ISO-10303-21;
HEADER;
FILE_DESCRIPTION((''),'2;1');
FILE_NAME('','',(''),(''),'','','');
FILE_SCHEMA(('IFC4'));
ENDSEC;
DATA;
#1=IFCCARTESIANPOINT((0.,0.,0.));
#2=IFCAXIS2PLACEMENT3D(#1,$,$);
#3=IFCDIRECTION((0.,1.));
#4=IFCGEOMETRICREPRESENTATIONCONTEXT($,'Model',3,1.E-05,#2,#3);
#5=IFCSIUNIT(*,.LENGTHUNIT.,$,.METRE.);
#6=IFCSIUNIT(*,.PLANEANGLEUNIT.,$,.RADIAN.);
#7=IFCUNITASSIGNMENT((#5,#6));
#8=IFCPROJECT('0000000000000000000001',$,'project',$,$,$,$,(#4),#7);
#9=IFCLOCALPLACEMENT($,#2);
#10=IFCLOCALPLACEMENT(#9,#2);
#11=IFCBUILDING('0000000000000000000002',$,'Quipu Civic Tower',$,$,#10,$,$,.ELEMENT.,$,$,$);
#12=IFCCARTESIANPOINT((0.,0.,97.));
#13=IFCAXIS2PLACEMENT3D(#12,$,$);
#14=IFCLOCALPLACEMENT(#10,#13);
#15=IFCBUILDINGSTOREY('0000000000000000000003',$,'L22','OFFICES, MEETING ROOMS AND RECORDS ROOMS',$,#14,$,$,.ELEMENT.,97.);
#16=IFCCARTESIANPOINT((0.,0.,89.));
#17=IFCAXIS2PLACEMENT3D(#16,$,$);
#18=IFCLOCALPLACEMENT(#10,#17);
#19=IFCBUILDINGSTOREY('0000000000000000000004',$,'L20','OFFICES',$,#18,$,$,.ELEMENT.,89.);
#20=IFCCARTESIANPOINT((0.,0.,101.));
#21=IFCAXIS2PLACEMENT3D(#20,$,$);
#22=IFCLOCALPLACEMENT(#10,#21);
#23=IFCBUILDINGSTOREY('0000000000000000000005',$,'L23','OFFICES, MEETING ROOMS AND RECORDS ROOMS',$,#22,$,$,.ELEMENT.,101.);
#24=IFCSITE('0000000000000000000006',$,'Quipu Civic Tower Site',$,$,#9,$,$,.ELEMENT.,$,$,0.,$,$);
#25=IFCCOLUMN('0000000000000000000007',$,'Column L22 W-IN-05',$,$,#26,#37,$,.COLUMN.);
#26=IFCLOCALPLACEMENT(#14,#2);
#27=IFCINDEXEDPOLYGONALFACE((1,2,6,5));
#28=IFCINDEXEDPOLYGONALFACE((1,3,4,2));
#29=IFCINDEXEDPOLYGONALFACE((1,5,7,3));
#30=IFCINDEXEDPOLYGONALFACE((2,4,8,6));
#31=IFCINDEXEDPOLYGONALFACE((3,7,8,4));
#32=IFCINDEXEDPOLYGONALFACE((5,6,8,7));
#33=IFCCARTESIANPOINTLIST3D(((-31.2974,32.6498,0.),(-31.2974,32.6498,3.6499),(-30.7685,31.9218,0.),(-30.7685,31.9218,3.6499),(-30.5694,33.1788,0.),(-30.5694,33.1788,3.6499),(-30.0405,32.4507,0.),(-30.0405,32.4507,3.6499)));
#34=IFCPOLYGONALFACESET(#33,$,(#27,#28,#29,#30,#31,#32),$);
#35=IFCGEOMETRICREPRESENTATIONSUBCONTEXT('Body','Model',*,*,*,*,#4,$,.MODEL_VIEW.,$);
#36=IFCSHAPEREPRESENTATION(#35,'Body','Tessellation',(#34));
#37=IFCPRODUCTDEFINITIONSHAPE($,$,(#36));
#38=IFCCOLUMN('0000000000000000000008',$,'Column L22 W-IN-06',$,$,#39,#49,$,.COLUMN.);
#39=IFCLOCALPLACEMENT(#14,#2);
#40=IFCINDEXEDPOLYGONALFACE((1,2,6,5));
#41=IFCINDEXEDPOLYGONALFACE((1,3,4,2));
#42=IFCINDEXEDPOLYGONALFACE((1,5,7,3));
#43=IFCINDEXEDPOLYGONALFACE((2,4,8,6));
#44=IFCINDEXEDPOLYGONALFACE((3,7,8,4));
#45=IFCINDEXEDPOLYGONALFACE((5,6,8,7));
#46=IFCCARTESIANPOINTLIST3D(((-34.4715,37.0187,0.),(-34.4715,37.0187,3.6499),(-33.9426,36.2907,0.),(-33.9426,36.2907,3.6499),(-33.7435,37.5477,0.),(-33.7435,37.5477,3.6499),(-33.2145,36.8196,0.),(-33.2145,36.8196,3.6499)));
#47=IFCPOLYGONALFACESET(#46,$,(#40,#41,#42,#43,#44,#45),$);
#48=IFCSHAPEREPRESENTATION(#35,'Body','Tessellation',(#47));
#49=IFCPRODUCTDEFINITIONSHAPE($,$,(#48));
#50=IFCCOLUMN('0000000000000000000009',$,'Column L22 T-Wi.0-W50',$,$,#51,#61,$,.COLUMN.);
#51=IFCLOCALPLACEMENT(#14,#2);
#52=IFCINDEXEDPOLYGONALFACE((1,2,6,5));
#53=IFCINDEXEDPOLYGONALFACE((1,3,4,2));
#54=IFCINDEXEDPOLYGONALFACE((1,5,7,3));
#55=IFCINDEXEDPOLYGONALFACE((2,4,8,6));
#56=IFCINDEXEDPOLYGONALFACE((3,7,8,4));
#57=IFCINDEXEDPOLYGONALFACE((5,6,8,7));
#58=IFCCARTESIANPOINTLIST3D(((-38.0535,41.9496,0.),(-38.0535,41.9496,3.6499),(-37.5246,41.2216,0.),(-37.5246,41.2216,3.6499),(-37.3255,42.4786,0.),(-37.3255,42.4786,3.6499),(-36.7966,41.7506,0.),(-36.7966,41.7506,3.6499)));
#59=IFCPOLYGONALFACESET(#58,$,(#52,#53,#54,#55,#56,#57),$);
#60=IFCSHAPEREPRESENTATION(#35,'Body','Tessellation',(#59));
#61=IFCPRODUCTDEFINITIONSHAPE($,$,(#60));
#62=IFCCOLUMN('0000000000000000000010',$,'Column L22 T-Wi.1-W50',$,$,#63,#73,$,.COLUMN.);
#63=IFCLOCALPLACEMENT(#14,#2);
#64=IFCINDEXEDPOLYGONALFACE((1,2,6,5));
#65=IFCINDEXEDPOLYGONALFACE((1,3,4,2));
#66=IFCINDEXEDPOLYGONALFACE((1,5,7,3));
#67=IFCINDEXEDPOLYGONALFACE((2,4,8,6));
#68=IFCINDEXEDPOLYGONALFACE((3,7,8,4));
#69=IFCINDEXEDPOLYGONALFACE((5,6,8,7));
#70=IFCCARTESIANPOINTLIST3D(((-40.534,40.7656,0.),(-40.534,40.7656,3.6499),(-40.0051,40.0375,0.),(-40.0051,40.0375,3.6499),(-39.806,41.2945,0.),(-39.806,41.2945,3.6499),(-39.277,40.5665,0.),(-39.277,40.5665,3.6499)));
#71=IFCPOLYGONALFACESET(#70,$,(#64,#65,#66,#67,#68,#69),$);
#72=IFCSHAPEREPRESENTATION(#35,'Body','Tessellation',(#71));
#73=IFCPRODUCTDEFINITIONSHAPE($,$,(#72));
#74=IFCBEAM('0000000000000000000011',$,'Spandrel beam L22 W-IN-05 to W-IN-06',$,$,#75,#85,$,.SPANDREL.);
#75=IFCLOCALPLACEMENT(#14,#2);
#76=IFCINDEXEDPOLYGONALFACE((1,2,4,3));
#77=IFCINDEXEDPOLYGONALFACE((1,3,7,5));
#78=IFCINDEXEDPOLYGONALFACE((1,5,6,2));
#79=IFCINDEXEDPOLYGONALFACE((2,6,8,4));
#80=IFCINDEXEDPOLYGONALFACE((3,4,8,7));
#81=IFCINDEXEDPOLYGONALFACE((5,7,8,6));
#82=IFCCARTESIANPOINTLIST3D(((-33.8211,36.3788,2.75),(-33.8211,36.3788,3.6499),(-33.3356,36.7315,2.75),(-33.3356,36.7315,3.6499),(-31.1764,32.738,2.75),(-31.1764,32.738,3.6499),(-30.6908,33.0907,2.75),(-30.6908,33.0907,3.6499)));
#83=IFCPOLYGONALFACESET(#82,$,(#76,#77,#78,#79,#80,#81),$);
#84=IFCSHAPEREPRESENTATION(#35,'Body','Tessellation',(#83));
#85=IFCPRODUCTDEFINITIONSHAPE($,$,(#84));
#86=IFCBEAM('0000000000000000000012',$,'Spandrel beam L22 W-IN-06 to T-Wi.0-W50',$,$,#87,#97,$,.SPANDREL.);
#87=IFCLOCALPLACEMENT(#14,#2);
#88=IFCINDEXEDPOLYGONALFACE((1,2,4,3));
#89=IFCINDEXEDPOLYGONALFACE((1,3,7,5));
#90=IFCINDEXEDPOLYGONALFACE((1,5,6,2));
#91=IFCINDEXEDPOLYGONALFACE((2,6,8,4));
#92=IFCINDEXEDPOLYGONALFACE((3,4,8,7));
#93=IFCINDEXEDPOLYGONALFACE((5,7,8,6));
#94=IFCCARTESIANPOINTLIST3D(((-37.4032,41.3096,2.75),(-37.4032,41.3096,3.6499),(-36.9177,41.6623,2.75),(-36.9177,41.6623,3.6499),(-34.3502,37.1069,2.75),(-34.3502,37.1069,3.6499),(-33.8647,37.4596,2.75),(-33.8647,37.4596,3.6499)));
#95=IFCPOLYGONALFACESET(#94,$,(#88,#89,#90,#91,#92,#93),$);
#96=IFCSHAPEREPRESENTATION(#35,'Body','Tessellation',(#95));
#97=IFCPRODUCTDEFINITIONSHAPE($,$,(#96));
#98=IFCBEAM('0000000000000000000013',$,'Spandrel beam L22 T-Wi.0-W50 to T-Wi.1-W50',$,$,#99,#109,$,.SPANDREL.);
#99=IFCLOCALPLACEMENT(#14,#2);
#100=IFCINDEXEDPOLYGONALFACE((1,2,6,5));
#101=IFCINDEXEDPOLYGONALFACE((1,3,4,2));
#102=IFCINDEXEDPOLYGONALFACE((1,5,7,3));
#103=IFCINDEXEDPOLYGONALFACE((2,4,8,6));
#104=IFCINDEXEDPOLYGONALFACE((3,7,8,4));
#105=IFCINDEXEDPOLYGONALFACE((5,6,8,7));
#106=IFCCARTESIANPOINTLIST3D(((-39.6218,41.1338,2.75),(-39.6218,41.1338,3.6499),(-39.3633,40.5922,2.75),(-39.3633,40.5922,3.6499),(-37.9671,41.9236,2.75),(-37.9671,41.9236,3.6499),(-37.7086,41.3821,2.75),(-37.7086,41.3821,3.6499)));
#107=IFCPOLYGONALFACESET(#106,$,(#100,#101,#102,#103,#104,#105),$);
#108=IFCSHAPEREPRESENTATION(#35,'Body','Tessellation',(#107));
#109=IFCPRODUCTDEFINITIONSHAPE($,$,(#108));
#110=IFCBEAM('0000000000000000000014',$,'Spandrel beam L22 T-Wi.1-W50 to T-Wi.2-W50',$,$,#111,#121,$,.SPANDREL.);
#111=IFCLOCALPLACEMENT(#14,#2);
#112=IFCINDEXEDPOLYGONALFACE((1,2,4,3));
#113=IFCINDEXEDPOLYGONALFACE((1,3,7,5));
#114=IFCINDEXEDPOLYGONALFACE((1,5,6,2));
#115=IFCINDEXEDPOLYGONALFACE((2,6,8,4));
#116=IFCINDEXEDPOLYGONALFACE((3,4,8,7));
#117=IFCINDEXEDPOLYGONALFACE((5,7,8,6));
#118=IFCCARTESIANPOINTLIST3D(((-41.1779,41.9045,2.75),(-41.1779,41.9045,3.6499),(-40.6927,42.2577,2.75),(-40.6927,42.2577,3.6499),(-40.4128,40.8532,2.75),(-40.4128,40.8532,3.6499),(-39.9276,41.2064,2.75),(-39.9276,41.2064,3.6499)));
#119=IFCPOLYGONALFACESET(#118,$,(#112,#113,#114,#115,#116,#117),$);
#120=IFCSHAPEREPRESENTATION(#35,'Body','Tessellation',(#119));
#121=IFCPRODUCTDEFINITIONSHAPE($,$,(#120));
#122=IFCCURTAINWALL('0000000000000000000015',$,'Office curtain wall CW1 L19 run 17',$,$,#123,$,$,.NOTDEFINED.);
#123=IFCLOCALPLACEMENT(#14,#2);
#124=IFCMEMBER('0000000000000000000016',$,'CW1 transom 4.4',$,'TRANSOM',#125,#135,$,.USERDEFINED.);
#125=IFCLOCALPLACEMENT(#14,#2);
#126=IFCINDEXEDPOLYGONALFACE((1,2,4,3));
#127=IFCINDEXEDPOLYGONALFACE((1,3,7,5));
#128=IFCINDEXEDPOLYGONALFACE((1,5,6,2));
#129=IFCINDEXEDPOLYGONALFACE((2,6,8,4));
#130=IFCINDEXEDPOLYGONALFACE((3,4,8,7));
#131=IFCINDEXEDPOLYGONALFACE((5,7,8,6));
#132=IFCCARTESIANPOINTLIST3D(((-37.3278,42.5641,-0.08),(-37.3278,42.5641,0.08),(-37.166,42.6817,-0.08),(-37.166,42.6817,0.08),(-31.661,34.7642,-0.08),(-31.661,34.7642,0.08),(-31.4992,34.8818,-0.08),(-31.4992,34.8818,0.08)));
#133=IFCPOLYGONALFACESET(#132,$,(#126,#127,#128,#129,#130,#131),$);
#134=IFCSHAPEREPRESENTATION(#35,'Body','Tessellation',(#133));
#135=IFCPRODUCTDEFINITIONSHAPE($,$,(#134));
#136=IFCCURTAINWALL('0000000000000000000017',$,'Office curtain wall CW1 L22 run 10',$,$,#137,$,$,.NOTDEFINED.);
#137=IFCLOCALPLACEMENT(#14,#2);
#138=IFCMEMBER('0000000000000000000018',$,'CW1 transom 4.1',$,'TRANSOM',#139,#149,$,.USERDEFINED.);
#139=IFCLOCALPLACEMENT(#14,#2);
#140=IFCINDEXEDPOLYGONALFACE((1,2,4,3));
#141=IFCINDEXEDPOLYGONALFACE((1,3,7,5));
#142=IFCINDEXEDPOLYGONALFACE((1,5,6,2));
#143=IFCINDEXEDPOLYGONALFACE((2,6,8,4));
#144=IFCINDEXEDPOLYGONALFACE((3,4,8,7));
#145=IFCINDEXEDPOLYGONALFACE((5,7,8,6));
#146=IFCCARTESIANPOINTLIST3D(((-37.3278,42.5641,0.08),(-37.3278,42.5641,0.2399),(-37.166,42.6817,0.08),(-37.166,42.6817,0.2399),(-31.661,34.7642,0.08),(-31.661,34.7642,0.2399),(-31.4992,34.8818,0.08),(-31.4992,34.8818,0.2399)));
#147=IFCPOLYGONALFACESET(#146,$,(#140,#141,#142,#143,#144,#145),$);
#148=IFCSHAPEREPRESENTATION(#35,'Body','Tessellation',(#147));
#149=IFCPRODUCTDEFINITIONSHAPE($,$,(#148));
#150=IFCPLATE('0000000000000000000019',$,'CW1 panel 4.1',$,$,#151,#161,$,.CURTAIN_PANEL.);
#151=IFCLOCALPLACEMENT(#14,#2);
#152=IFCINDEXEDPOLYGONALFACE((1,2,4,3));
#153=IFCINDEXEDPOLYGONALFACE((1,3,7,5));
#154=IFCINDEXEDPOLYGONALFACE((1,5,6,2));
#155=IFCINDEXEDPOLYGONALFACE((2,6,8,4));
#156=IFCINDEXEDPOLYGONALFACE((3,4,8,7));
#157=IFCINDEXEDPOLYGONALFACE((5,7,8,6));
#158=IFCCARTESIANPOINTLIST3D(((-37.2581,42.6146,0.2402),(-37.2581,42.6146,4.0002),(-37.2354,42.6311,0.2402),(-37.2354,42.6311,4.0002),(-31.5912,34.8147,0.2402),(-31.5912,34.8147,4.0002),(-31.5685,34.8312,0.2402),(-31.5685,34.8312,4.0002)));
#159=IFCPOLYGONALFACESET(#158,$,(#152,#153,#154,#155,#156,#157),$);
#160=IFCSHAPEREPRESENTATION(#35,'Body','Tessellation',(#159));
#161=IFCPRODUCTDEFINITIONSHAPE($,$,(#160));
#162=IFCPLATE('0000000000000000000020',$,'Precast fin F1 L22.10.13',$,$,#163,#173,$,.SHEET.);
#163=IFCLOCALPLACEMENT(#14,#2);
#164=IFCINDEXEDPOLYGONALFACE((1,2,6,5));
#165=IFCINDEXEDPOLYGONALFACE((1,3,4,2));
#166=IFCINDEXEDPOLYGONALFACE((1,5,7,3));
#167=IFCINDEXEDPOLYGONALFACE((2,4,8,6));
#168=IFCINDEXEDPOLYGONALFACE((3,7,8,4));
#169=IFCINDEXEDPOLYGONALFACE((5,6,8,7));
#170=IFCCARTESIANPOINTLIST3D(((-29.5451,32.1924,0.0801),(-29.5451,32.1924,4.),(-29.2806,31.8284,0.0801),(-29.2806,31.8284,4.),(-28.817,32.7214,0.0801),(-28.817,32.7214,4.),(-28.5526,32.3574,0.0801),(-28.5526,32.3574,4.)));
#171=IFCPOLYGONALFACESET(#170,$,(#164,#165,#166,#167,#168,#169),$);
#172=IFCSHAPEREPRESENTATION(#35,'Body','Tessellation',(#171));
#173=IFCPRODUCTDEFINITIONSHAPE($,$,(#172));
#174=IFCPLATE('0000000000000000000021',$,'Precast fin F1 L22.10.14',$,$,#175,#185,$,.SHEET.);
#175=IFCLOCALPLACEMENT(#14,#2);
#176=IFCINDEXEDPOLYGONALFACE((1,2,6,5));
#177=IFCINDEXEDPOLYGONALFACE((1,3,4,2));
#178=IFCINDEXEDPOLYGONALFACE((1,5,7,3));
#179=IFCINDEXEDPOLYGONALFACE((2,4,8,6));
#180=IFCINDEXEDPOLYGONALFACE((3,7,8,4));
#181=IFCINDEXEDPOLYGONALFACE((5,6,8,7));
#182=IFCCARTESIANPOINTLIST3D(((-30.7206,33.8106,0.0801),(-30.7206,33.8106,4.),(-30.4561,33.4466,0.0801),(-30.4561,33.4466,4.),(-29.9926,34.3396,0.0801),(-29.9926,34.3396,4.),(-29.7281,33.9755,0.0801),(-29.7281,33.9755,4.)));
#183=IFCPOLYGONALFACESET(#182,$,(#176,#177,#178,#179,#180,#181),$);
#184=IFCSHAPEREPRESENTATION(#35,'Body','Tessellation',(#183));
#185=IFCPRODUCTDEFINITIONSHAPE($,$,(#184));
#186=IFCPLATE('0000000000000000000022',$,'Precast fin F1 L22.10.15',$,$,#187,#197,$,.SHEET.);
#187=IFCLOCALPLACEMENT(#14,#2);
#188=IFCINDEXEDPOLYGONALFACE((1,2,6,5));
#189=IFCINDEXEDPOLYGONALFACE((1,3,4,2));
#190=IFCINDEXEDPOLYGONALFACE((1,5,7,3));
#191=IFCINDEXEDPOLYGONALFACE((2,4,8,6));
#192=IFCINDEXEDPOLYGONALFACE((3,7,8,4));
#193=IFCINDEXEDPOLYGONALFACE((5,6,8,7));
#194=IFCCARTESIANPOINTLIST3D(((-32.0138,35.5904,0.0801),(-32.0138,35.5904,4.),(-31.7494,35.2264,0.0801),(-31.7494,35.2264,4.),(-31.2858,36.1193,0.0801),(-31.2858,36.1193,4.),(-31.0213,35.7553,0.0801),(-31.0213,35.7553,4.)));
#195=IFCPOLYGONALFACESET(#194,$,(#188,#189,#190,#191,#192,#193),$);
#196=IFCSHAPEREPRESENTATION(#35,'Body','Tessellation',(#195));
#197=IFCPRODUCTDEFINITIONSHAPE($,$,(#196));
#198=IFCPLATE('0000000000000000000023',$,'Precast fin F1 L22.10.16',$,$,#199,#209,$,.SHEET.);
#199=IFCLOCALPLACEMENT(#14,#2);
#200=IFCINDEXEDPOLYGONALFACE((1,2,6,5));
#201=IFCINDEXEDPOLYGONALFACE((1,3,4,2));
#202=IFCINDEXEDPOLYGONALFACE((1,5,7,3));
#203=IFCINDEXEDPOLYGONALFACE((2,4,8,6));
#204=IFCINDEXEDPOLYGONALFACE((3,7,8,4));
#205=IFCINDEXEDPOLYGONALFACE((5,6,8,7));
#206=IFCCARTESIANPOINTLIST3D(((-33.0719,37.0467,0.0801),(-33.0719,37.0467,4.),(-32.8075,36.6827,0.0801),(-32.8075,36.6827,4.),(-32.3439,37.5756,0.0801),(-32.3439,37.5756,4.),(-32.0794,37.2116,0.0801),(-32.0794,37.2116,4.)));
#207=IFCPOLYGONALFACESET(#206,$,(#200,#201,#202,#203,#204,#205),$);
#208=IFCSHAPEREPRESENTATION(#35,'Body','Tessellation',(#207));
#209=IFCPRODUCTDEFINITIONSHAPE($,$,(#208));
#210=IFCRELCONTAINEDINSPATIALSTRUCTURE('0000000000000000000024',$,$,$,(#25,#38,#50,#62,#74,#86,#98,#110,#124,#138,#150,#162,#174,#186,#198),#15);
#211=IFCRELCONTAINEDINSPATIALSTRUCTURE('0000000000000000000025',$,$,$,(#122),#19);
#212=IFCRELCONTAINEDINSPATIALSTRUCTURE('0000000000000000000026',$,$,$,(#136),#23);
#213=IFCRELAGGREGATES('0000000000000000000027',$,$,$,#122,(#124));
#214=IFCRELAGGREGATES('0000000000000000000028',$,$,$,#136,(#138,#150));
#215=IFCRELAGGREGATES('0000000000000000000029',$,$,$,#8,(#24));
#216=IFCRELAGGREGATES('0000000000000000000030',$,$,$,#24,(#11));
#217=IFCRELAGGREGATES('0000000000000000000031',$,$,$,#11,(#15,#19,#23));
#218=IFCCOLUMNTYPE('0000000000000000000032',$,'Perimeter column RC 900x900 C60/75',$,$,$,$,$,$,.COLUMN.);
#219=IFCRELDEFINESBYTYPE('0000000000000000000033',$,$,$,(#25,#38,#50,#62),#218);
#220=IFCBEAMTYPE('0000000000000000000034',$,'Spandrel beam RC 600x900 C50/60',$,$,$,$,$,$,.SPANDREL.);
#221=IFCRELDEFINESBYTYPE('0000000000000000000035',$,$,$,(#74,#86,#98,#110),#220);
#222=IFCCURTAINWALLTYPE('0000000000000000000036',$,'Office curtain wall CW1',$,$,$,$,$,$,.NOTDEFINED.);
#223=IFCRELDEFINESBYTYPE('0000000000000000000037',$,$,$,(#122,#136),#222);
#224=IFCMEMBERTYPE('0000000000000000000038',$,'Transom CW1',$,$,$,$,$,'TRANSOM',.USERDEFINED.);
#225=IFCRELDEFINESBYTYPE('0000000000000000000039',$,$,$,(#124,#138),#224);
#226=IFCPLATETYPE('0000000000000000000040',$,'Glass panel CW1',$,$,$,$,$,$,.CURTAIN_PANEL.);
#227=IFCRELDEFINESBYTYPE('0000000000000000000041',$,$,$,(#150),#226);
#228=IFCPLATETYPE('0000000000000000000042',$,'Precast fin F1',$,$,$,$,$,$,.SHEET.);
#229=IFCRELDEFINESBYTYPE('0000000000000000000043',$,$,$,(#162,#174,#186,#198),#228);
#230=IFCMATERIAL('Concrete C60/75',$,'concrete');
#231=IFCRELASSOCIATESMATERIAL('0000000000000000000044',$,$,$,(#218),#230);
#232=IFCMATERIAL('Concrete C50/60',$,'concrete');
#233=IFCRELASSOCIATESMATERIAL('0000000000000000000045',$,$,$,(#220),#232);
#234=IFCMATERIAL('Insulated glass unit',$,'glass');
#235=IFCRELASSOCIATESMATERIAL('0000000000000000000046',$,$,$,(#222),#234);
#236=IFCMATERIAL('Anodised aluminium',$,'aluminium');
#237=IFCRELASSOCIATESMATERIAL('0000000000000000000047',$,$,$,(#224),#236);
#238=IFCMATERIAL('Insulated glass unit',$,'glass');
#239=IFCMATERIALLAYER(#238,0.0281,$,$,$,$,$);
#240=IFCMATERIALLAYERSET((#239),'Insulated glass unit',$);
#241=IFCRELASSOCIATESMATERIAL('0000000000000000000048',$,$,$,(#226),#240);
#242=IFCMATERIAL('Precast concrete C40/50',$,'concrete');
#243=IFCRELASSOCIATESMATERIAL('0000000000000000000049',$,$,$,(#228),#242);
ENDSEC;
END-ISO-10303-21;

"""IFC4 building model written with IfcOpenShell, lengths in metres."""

from ifc_helpers import new_model, si_unit, direction, frame, origin, origin_2d, place, context, subcontext, project, spatial, rectangle, extrude, material, layer, layer_set, material_profile, profile_set, type_object, element, aggregate, save


model = new_model("IFC4")

# Units and contexts
model_context = context("Model", 3, precision=1e-05, world=origin(), true_north=direction((0.0, 1.0)))
body_context = subcontext(model_context, "Body", "Model", "MODEL_VIEW")
ifc_project = project(units=[si_unit("LENGTHUNIT", "METRE"), si_unit("PLANEANGLEUNIT", "RADIAN")], contexts=[model_context])

# Site, building, storey
site_placement = place(None, origin())
site = spatial("IfcSite", under=ifc_project, at=site_placement, Name="Quipu Civic Tower Site", CompositionType="ELEMENT", RefElevation=0.0)
building_placement = place(site_placement, origin())
building = spatial("IfcBuilding", under=site, at=building_placement, Name="Quipu Civic Tower", CompositionType="ELEMENT")
storey_1_placement = place(building_placement, frame((0.0, 0.0, 97.0)))
storey_1 = spatial("IfcBuildingStorey", under=building, at=storey_1_placement, Name="L22", Description="OFFICES, MEETING ROOMS AND RECORDS ROOMS", CompositionType="ELEMENT", Elevation=97.0)

# Columns
ifc_material_1 = material(Name="Concrete C60/75", Category="concrete")
ifc_material_profile_1 = material_profile(ifc_material_1, rectangle(XDim=0.8999, YDim=0.8999, at=origin_2d()), Name="RC900x900")
ifc_profile_set_1 = profile_set([ifc_material_profile_1], Name="Concrete C60/75")
column_type = type_object("IfcColumnType", Name="Perimeter column RC 900x900 C60/75", PredefinedType="COLUMN", material=ifc_profile_set_1)
for number, where, z_axis, x_axis, name in (
    (1, (-30.6689, 32.5503, 0.0), (0.0, 0.0, 1.0), (-0.587785, 0.809017, 0.0), "Column L22 W-IN-05"),
    (2, (-33.843, 36.9192, 0.0), (0.0, 0.0, 1.0), (-0.587785, 0.809017, 0.0), "Column L22 W-IN-06"),
    (3, (-37.425, 41.8501, 0.0), (0.0, 0.0, 1.0), (-0.587785, 0.809017, 0.0), "Column L22 T-Wi.0-W50"),
    (4, (-39.9055, 40.666, 0.0), (0.0, 0.0, 1.0), (-0.587785, 0.809017, 0.0), "Column L22 T-Wi.1-W50"),
):
    element("IfcColumn", number, at=place(storey_1_placement, frame(where, z_axis=z_axis, x_axis=x_axis)), inside=storey_1, type_object=column_type, Name=name, PredefinedType="COLUMN", context=body_context, shape_type="SweptSolid", body=[
        extrude(rectangle(XDim=0.8999, YDim=0.8999, at=origin_2d()), origin(), (0.0, 0.0, 1.0), 3.6499),
    ])

# Beams
ifc_material_2 = material(Name="Concrete C50/60", Category="concrete")
ifc_material_profile_2 = material_profile(ifc_material_2, rectangle(XDim=0.6001, YDim=0.8999, at=origin_2d()), Name="RC600x900")
ifc_profile_set_2 = profile_set([ifc_material_profile_2], Name="Concrete C50/60")
beam_type = type_object("IfcBeamType", Name="Spandrel beam RC 600x900 C50/60", PredefinedType="SPANDREL", material=ifc_profile_set_2)
beam_1_placement = place(storey_1_placement, frame((-30.9336, 32.9143, 3.2), z_axis=(-0.587717, 0.809067, 0.0), x_axis=(-0.809067, -0.587717, 0.0)))
element("IfcBeam", 5, at=beam_1_placement, inside=storey_1, type_object=beam_type, Name="Spandrel beam L22 W-IN-05 to W-IN-06", PredefinedType="SPANDREL", context=body_context, shape_type="SweptSolid", body=[
    extrude(rectangle(XDim=0.6001, YDim=0.8999, at=origin_2d()), origin(), (0.0, 0.0, 1.0), 4.5),
])
beam_2_placement = place(storey_1_placement, frame((-34.1074, 37.2832, 3.2), z_axis=(-0.587733, 0.809055, 0.0), x_axis=(-0.809055, -0.587733, 0.0)))
element("IfcBeam", 6, at=beam_2_placement, inside=storey_1, type_object=beam_type, Name="Spandrel beam L22 W-IN-06 to T-Wi.0-W50", PredefinedType="SPANDREL", context=body_context, shape_type="SweptSolid", body=[
    extrude(rectangle(XDim=0.6001, YDim=0.8999, at=origin_2d()), origin(), (0.0, 0.0, 1.0), 5.1946),
])
beam_3_placement = place(storey_1_placement, frame((-37.8379, 41.6528, 3.2), z_axis=(-0.902454, -0.430786, 0.0), x_axis=(0.430786, -0.902454, 0.0)))
element("IfcBeam", 7, at=beam_3_placement, inside=storey_1, type_object=beam_type, Name="Spandrel beam L22 T-Wi.0-W50 to T-Wi.1-W50", PredefinedType="SPANDREL", context=body_context, shape_type="SweptSolid", body=[
    extrude(rectangle(XDim=0.6001, YDim=0.8999, at=origin_2d()), origin(), (0.0, 0.0, 1.0), 1.8335),
])
beam_4_placement = place(storey_1_placement, frame((-40.1702, 41.0298, 3.2), z_axis=(-0.588462, 0.808525, 0.0), x_axis=(-0.808525, -0.588462, 0.0)))
element("IfcBeam", 8, at=beam_4_placement, inside=storey_1, type_object=beam_type, Name="Spandrel beam L22 T-Wi.1-W50 to T-Wi.2-W50", PredefinedType="SPANDREL", context=body_context, shape_type="SweptSolid", body=[
    extrude(rectangle(XDim=0.6001, YDim=0.8999, at=origin_2d()), origin(), (0.0, 0.0, 1.0), 1.3003),
])

# Shared definitions
storey_2_placement = place(building_placement, frame((0.0, 0.0, 89.0)))
storey_2 = spatial("IfcBuildingStorey", under=building, at=storey_2_placement, Name="L20", Description="OFFICES", CompositionType="ELEMENT", Elevation=89.0)

# Curtain wall, member
ifc_material_3 = material(Name="Insulated glass unit", Category="glass")
curtain_wall_type = type_object("IfcCurtainWallType", Name="Office curtain wall CW1", PredefinedType="NOTDEFINED", material=ifc_material_3)
curtain_wall_1_placement = place(storey_2_placement, origin())
curtain_wall_1 = element("IfcCurtainWall", 9, at=curtain_wall_1_placement, inside=storey_2, type_object=curtain_wall_type, Name="Office curtain wall CW1 L19 run 17", PredefinedType="NOTDEFINED")
ifc_material_4 = material(Name="Anodised aluminium", Category="aluminium")
ifc_material_profile_3 = material_profile(ifc_material_4, rectangle(XDim=0.2, YDim=0.1599, at=origin_2d()), Name="RECT 200x160")
ifc_profile_set_3 = profile_set([ifc_material_profile_3], Name="Anodised aluminium")
member_type = type_object("IfcMemberType", Name="Transom CW1", ElementType="TRANSOM", PredefinedType="USERDEFINED", material=ifc_profile_set_3)
member_1_placement = place(storey_1_placement, frame((-31.5801, 34.823, 0.0), z_axis=(-0.587776, 0.809024, 0.0), x_axis=(-0.809024, -0.587776, 0.0)))
member_1 = element("IfcMember", 10, at=member_1_placement, inside=storey_1, type_object=member_type, Name="CW1 transom 4.4", ObjectType="TRANSOM", PredefinedType="USERDEFINED", context=body_context, shape_type="SweptSolid", body=[
    extrude(rectangle(XDim=0.2, YDim=0.1599, at=origin_2d()), origin(), (0.0, 0.0, 1.0), 9.6411),
])
aggregate(curtain_wall_1, [member_1])

# Shared definitions
storey_3_placement = place(building_placement, frame((0.0, 0.0, 101.0)))
storey_3 = spatial("IfcBuildingStorey", under=building, at=storey_3_placement, Name="L23", Description="OFFICES, MEETING ROOMS AND RECORDS ROOMS", CompositionType="ELEMENT", Elevation=101.0)

# Curtain wall, member, plate
curtain_wall_2_placement = place(storey_3_placement, origin())
curtain_wall_2 = element("IfcCurtainWall", 11, at=curtain_wall_2_placement, inside=storey_3, type_object=curtain_wall_type, Name="Office curtain wall CW1 L22 run 10", PredefinedType="NOTDEFINED")
member_2_placement = place(storey_1_placement, frame((-31.5801, 34.823, 0.1599), z_axis=(-0.587776, 0.809024, 0.0), x_axis=(-0.809024, -0.587776, 0.0)))
member_2 = element("IfcMember", 12, at=member_2_placement, inside=storey_1, type_object=member_type, Name="CW1 transom 4.1", ObjectType="TRANSOM", PredefinedType="USERDEFINED", context=body_context, shape_type="SweptSolid", body=[
    extrude(rectangle(XDim=0.2, YDim=0.1599, at=origin_2d()), origin(), (0.0, 0.0, 1.0), 9.6411),
])
ifc_material_5 = material(Name="Insulated glass unit", Category="glass")
ifc_layer_1 = layer(ifc_material_5, 0.0281)
ifc_layer_set_1 = layer_set([ifc_layer_1], Name="Insulated glass unit")
plate_type_1 = type_object("IfcPlateType", Name="Glass panel CW1", PredefinedType="CURTAIN_PANEL", material=ifc_layer_set_1)
plate_placement = place(storey_1_placement, frame((-34.4133, 38.7229, 0.2402), z_axis=(0.0, 0.0, 1.0), x_axis=(-0.587786, 0.809017, 0.0)))
plate = element("IfcPlate", 13, at=plate_placement, inside=storey_1, type_object=plate_type_1, Name="CW1 panel 4.1", PredefinedType="CURTAIN_PANEL", context=body_context, shape_type="SweptSolid", body=[
    extrude(rectangle(XDim=9.6411, YDim=0.0281, at=origin_2d()), origin(), (0.0, 0.0, 1.0), 3.76),
])
aggregate(curtain_wall_2, [member_2, plate])

# Plates
ifc_material_6 = material(Name="Precast concrete C40/50", Category="concrete")
plate_type_2 = type_object("IfcPlateType", Name="Precast fin F1", PredefinedType="SHEET", material=ifc_material_6)
for number, where, z_axis, x_axis, name in (
    (14, (-29.0488, 32.2749, 0.0801), (0.0, 0.0, 1.0), (-0.587785, 0.809017, 0.0), "Precast fin F1 L22.10.13"),
    (15, (-30.2244, 33.8931, 0.0801), (0.0, 0.0, 1.0), (-0.587785, 0.809017, 0.0), "Precast fin F1 L22.10.14"),
    (16, (-31.5176, 35.6729, 0.0801), (0.0, 0.0, 1.0), (-0.587785, 0.809017, 0.0), "Precast fin F1 L22.10.15"),
    (17, (-32.5757, 37.1292, 0.0801), (0.0, 0.0, 1.0), (-0.587785, 0.809017, 0.0), "Precast fin F1 L22.10.16"),
):
    element("IfcPlate", number, at=place(storey_1_placement, frame(where, z_axis=z_axis, x_axis=x_axis)), inside=storey_1, type_object=plate_type_2, Name=name, PredefinedType="SHEET", context=body_context, shape_type="SweptSolid", body=[
        extrude(rectangle(XDim=0.45, YDim=0.8999, at=origin_2d()), origin(), (0.0, 0.0, 1.0), 3.9199),
    ])

save(model, "model.ifc")
